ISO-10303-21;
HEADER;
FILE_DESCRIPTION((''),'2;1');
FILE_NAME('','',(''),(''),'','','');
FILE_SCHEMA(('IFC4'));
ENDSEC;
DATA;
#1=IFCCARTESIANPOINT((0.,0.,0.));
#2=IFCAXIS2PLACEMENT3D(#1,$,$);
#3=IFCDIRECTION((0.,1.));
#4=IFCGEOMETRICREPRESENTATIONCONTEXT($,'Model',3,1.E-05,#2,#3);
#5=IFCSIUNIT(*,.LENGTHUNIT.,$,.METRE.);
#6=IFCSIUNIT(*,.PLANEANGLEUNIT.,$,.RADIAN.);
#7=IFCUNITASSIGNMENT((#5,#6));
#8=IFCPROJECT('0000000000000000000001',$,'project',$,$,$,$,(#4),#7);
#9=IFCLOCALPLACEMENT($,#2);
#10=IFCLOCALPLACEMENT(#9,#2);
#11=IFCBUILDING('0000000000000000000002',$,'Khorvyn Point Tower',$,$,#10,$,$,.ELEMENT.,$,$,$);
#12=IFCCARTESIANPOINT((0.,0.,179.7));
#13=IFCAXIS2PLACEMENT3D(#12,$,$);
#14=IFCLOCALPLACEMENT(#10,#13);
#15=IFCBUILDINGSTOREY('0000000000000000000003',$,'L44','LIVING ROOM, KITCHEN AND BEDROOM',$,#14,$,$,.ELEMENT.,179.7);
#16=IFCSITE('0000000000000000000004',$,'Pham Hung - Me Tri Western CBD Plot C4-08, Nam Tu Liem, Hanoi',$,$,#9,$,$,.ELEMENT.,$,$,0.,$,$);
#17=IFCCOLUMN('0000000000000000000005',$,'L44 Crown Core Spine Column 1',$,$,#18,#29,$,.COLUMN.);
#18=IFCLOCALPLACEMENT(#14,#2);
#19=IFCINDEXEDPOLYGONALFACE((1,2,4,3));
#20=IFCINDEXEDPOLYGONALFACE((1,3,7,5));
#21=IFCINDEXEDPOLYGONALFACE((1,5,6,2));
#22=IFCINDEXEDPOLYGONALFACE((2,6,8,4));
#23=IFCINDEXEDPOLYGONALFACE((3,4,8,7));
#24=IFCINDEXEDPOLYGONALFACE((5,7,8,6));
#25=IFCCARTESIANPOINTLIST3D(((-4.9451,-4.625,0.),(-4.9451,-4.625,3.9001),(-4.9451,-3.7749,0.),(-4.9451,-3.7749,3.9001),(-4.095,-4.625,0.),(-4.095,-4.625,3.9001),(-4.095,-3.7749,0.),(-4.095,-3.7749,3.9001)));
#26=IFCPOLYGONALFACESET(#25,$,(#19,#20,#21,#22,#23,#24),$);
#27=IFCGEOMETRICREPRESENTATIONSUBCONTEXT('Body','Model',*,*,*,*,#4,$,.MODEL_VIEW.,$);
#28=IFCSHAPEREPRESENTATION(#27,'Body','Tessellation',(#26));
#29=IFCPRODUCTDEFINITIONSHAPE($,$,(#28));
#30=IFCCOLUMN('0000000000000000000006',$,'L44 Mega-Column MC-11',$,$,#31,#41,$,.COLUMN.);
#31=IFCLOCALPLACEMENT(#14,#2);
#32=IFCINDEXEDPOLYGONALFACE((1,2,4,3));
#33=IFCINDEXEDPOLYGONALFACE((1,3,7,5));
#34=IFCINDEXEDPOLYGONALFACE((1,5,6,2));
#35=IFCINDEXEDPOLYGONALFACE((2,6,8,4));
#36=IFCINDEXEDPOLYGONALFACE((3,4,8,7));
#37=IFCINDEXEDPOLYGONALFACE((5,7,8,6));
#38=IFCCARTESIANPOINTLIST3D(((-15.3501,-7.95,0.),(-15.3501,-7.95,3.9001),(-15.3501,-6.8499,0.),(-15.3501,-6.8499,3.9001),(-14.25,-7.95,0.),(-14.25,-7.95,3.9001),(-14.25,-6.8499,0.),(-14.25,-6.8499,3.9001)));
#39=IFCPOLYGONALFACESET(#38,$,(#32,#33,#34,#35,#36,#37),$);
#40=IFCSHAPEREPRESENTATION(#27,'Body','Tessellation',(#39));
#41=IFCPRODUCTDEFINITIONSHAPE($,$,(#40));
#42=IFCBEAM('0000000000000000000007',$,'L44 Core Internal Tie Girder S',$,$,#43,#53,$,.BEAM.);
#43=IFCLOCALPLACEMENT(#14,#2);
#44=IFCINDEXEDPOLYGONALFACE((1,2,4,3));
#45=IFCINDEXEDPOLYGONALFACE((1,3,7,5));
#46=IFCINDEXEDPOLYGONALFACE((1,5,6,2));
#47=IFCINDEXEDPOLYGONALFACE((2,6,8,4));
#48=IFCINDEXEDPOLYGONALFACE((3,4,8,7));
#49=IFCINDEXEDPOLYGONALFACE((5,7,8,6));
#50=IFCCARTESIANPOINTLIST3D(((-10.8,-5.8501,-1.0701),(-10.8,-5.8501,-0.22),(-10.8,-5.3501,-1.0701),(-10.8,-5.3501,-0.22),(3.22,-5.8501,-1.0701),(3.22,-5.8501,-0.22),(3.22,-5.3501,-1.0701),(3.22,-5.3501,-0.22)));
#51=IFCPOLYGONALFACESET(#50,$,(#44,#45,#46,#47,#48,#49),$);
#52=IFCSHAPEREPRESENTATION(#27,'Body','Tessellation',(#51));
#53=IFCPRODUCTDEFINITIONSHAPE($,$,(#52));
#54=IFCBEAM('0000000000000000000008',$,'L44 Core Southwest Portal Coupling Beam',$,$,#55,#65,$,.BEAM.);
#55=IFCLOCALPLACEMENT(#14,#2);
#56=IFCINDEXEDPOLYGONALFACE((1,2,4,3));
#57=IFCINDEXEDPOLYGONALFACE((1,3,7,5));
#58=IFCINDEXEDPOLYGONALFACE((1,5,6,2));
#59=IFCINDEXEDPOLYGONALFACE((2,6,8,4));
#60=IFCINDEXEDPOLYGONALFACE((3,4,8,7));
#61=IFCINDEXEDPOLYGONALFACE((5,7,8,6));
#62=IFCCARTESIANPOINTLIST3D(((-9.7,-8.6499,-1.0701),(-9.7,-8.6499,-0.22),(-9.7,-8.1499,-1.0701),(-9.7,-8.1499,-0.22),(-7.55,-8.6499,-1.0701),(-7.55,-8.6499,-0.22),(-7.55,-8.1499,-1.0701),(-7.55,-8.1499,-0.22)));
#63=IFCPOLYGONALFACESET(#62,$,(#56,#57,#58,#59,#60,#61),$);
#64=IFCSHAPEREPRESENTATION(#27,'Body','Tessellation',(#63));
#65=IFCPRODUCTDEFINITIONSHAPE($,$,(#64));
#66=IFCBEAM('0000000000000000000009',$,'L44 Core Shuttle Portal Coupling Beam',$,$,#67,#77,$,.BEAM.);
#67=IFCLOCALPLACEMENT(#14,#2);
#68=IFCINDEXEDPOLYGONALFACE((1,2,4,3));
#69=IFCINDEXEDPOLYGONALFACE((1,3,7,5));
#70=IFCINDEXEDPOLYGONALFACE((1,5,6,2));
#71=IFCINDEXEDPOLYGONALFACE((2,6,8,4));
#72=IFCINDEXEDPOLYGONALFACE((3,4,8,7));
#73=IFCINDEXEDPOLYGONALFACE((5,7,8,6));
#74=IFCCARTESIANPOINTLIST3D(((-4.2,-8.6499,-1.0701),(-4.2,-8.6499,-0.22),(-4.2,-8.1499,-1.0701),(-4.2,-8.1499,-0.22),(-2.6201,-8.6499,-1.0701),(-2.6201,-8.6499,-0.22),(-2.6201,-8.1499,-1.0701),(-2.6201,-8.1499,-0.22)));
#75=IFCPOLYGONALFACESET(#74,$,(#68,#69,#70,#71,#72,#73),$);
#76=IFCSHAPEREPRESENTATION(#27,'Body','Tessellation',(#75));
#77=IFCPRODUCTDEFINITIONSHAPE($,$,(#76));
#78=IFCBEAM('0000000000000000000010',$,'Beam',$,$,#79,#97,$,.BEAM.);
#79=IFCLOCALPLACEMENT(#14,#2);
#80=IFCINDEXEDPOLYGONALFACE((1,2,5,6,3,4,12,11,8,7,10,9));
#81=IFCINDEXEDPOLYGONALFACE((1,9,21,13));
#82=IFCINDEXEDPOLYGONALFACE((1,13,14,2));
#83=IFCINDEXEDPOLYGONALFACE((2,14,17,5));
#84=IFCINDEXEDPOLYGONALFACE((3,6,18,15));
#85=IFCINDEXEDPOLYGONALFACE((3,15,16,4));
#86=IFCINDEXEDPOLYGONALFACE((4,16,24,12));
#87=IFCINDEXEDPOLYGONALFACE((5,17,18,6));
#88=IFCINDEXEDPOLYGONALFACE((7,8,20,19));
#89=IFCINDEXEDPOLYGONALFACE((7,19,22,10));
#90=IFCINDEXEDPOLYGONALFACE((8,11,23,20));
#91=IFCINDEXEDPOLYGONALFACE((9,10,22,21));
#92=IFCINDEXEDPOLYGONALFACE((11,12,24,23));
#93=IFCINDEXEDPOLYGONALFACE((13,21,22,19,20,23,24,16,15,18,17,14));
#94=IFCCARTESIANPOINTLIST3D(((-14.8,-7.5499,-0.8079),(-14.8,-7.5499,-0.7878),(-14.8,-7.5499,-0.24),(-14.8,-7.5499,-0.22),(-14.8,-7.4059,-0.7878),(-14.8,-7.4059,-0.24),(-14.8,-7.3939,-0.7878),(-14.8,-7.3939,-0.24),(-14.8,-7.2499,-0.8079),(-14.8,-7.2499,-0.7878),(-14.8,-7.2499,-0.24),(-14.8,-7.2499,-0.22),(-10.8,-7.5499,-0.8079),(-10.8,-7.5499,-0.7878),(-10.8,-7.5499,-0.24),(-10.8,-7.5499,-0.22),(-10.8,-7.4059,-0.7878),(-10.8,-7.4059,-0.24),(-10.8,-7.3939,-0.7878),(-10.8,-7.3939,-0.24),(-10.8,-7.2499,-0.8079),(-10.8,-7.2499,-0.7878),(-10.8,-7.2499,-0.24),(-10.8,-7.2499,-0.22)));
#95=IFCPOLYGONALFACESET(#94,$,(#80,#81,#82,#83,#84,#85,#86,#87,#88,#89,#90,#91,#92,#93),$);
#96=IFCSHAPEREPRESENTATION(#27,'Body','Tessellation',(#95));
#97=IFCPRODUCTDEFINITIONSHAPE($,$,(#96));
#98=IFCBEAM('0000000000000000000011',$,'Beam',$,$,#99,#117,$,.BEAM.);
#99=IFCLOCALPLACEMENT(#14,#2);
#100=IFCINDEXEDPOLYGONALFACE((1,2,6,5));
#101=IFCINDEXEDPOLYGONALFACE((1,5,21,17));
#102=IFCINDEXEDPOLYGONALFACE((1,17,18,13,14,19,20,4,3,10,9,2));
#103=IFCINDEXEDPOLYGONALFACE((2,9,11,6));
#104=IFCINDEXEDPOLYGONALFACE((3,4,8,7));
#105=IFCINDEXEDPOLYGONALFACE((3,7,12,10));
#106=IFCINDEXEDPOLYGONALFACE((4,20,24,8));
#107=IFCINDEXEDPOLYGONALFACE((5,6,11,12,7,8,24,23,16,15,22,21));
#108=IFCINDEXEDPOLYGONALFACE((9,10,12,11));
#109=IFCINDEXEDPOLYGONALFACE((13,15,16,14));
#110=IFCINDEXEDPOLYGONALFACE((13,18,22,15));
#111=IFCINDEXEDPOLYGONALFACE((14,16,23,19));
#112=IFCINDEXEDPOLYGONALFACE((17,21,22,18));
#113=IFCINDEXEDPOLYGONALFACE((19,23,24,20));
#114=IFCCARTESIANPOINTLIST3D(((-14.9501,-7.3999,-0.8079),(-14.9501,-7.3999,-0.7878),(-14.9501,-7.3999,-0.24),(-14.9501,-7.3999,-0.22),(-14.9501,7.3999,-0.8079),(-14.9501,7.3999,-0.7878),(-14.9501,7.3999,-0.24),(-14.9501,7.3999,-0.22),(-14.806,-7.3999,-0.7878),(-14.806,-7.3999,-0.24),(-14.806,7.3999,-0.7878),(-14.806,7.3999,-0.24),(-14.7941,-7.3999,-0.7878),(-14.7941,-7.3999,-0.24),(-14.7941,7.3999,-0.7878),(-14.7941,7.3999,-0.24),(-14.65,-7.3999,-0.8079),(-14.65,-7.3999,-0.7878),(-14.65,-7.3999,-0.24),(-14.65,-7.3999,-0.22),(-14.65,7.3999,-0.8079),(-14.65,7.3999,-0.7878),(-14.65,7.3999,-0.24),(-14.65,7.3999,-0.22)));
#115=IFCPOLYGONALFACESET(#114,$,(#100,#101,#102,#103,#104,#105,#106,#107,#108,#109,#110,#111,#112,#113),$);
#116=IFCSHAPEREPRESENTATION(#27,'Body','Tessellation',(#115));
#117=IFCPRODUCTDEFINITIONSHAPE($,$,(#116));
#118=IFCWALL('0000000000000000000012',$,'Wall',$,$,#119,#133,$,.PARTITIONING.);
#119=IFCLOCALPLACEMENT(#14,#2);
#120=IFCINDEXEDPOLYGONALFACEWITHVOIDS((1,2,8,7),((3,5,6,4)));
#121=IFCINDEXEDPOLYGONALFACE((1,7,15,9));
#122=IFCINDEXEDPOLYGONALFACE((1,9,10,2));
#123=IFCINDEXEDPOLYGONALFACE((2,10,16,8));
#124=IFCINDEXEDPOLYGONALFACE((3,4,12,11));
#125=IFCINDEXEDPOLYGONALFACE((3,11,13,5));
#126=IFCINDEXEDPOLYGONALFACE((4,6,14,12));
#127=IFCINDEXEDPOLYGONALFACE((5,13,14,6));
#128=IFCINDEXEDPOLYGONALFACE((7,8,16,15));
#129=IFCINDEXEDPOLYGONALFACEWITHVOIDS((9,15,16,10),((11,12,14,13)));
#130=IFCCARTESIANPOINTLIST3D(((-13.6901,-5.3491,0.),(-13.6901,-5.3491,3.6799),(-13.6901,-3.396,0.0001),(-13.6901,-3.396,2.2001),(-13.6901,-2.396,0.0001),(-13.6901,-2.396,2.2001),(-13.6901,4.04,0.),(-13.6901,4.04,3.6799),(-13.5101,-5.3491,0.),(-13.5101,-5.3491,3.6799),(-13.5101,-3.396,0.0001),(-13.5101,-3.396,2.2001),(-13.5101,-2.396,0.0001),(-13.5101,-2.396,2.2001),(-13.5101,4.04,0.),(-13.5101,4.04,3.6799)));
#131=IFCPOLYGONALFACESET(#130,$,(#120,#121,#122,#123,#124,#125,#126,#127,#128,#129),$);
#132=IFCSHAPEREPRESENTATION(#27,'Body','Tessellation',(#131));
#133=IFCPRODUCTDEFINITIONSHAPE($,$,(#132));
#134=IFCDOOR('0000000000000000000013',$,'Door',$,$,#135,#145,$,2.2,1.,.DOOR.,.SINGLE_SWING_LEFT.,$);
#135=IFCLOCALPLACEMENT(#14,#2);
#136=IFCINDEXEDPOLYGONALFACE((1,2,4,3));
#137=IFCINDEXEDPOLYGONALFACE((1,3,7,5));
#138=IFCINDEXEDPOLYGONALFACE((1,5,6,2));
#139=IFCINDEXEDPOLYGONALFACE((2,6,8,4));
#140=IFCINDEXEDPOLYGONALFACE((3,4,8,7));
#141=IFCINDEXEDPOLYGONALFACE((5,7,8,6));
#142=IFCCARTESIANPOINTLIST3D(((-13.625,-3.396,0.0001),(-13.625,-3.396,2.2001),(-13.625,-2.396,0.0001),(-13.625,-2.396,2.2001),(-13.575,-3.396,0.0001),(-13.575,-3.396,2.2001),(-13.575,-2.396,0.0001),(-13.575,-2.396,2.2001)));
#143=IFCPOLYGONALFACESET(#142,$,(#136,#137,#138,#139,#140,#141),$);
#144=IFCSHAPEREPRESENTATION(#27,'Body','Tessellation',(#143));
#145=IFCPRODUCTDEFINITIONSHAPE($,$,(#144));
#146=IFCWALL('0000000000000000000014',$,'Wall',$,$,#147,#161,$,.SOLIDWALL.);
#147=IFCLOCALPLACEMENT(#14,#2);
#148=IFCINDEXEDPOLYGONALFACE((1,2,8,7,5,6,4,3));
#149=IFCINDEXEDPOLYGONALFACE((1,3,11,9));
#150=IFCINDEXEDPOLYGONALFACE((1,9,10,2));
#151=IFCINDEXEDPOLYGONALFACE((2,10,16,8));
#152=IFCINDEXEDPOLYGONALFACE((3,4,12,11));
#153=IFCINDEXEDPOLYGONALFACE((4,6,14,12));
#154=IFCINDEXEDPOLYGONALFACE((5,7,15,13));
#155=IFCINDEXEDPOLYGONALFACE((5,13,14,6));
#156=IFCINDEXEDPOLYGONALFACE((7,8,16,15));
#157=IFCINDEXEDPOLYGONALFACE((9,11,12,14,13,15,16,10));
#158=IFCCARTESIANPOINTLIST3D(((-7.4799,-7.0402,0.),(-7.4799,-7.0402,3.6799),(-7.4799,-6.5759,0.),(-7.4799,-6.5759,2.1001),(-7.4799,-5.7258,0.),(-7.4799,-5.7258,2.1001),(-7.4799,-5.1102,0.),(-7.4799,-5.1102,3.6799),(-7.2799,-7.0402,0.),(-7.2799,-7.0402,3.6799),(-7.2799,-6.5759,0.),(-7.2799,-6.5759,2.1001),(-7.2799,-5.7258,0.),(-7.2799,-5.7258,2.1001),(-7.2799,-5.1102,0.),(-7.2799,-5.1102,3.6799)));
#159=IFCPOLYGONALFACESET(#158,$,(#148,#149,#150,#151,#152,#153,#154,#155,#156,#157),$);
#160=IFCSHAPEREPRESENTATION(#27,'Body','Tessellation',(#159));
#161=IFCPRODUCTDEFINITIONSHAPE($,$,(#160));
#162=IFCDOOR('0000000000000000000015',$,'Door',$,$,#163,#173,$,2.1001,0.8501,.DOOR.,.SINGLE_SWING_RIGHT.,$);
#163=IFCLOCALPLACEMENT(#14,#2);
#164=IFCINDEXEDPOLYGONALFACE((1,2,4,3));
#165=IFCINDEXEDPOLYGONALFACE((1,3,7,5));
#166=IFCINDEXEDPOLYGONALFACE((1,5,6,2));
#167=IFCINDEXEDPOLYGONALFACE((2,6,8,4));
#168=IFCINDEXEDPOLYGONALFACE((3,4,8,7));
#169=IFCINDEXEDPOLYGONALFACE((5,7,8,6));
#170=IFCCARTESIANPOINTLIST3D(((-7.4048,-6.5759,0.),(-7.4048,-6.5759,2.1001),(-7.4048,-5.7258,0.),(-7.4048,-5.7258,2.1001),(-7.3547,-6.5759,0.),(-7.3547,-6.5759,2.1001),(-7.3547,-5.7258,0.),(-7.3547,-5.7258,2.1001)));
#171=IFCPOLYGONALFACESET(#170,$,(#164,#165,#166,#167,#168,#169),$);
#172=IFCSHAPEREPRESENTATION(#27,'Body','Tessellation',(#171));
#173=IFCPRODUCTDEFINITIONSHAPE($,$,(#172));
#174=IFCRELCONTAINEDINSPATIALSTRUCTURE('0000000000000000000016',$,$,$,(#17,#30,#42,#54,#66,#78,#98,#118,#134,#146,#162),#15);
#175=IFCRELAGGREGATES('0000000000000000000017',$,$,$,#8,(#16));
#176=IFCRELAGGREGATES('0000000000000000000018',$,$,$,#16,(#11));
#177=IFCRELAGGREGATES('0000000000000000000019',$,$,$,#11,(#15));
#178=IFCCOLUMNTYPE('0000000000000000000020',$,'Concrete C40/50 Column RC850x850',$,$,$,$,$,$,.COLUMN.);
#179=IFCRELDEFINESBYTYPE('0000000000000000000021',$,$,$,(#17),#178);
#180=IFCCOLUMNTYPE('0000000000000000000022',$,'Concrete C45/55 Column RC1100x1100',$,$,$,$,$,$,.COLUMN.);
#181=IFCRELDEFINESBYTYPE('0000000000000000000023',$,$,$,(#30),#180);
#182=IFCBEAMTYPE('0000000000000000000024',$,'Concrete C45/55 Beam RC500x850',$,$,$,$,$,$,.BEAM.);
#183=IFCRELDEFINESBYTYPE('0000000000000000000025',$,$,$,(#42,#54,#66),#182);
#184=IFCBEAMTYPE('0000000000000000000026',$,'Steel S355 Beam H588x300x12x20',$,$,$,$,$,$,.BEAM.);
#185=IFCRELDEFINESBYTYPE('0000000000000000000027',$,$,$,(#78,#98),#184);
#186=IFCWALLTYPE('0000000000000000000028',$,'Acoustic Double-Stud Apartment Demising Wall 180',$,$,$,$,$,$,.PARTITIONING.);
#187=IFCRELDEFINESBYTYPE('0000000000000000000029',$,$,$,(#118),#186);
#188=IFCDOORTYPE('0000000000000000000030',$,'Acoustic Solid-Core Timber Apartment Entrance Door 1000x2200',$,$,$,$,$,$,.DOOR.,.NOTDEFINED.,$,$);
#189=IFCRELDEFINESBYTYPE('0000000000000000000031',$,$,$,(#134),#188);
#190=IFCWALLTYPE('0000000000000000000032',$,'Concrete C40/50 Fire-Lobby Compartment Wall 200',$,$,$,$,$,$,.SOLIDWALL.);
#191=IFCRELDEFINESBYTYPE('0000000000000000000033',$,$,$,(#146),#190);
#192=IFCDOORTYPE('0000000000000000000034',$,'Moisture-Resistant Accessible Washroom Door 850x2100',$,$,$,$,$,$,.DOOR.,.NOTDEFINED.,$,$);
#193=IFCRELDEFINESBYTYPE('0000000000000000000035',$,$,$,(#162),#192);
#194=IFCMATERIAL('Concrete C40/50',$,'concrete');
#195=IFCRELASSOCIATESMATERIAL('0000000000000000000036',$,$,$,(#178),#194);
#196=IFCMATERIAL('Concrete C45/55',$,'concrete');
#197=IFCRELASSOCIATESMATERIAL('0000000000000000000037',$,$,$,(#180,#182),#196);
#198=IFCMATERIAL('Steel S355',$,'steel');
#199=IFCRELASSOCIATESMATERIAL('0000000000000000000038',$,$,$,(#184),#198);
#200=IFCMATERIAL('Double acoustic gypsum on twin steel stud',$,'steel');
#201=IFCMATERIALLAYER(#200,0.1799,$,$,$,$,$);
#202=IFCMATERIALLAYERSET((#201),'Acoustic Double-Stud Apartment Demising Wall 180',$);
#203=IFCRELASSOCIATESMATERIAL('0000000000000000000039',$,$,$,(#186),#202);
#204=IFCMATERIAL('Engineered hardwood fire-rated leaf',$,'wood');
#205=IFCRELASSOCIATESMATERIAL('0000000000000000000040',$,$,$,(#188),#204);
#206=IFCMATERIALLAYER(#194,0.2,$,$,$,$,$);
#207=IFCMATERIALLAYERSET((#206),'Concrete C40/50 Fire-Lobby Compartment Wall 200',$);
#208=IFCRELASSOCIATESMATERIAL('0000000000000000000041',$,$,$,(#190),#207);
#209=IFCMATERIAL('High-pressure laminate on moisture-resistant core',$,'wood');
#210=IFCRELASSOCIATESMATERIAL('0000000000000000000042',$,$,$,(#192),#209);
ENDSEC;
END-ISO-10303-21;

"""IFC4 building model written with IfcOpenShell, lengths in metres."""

from ifc_helpers import new_model, si_unit, direction, frame, frame_2d, origin, origin_2d, place, context, subcontext, project, spatial, rectangle, i_section, extrude, material, layer, layer_set, material_profile, profile_set, type_object, element, fill, save


model = new_model("IFC4")

# Units and contexts
model_context = context("Model", 3, precision=1e-05, world=origin(), true_north=direction((0.0, 1.0)))
body_context = subcontext(model_context, "Body", "Model", "MODEL_VIEW")
ifc_project = project(units=[si_unit("LENGTHUNIT", "METRE"), si_unit("PLANEANGLEUNIT", "RADIAN")], contexts=[model_context])

# Site, building, storey
site_placement = place(None, origin())
site = spatial("IfcSite", under=ifc_project, at=site_placement, Name="Pham Hung - Me Tri Western CBD Plot C4-08, Nam Tu Liem, Hanoi", CompositionType="ELEMENT", RefElevation=0.0)
building_placement = place(site_placement, origin())
building = spatial("IfcBuilding", under=site, at=building_placement, Name="Khorvyn Point Tower", CompositionType="ELEMENT")
storey_placement = place(building_placement, frame((0.0, 0.0, 179.7)))
storey = spatial("IfcBuildingStorey", under=building, at=storey_placement, Name="L44", Description="LIVING ROOM, KITCHEN AND BEDROOM", CompositionType="ELEMENT", Elevation=179.7)

# Columns
ifc_material_1 = material(Name="Concrete C40/50", Category="concrete")
ifc_material_profile_1 = material_profile(ifc_material_1, rectangle(XDim=0.8501, YDim=0.8501, at=origin_2d()))
ifc_profile_set_1 = profile_set([ifc_material_profile_1], Name="Concrete C40/50 RC850x850")
column_type_1 = type_object("IfcColumnType", Name="Concrete C40/50 Column RC850x850", PredefinedType="COLUMN", material=ifc_profile_set_1)
column_1_placement = place(storey_placement, frame((-4.52, -4.2, 0.0), z_axis=(0.0, 0.0, 1.0), x_axis=(1.0, 0.0, 0.0)))
element("IfcColumn", 1, at=column_1_placement, inside=storey, type_object=column_type_1, Name="L44 Crown Core Spine Column 1", PredefinedType="COLUMN", context=body_context, shape_type="SweptSolid", body=[
    extrude(rectangle(XDim=0.8501, YDim=0.8501, at=origin_2d()), origin(), (0.0, 0.0, 1.0), 3.9001),
])
ifc_material_2 = material(Name="Concrete C45/55", Category="concrete")
ifc_material_profile_2 = material_profile(ifc_material_2, rectangle(XDim=1.1001, YDim=1.1001, at=origin_2d()))
ifc_profile_set_2 = profile_set([ifc_material_profile_2], Name="Concrete C45/55 RC1100x1100")
column_type_2 = type_object("IfcColumnType", Name="Concrete C45/55 Column RC1100x1100", PredefinedType="COLUMN", material=ifc_profile_set_2)
column_2_placement = place(storey_placement, frame((-14.8, -7.3999, 0.0), z_axis=(0.0, 0.0, 1.0), x_axis=(1.0, 0.0, 0.0)))
element("IfcColumn", 2, at=column_2_placement, inside=storey, type_object=column_type_2, Name="L44 Mega-Column MC-11", PredefinedType="COLUMN", context=body_context, shape_type="SweptSolid", body=[
    extrude(rectangle(XDim=1.1001, YDim=1.1001, at=origin_2d()), origin(), (0.0, 0.0, 1.0), 3.9001),
])

# Beams
ifc_material_profile_3 = material_profile(ifc_material_2, rectangle(XDim=0.5, YDim=0.8501, at=origin_2d()))
ifc_profile_set_3 = profile_set([ifc_material_profile_3], Name="Concrete C45/55 RC500x850")
beam_type_1 = type_object("IfcBeamType", Name="Concrete C45/55 Beam RC500x850", PredefinedType="BEAM", material=ifc_profile_set_3)
beam_1_placement = place(storey_placement, frame((-10.8, -5.6001, -0.645), z_axis=(1.0, 0.0, 0.0), x_axis=(0.0, 1.0, 0.0)))
element("IfcBeam", 3, at=beam_1_placement, inside=storey, type_object=beam_type_1, Name="L44 Core Internal Tie Girder S", PredefinedType="BEAM", context=body_context, shape_type="SweptSolid", body=[
    extrude(rectangle(XDim=0.5, YDim=0.8501, at=origin_2d()), origin(), (0.0, 0.0, 1.0), 14.02),
])
beam_2_placement = place(storey_placement, frame((-9.7, -8.3999, -0.645), z_axis=(1.0, 0.0, 0.0), x_axis=(0.0, 1.0, 0.0)))
element("IfcBeam", 4, at=beam_2_placement, inside=storey, type_object=beam_type_1, Name="L44 Core Southwest Portal Coupling Beam", PredefinedType="BEAM", context=body_context, shape_type="SweptSolid", body=[
    extrude(rectangle(XDim=0.5, YDim=0.8501, at=origin_2d()), origin(), (0.0, 0.0, 1.0), 2.1499),
])
beam_3_placement = place(storey_placement, frame((-4.2, -8.3999, -0.645), z_axis=(1.0, 0.0, 0.0), x_axis=(0.0, 1.0, 0.0)))
element("IfcBeam", 5, at=beam_3_placement, inside=storey, type_object=beam_type_1, Name="L44 Core Shuttle Portal Coupling Beam", PredefinedType="BEAM", context=body_context, shape_type="SweptSolid", body=[
    extrude(rectangle(XDim=0.5, YDim=0.8501, at=origin_2d()), origin(), (0.0, 0.0, 1.0), 1.5798),
])
ifc_material_3 = material(Name="Steel S355", Category="steel")
ifc_material_profile_4 = material_profile(ifc_material_3, i_section(OverallWidth=0.3, OverallDepth=0.5879, WebThickness=0.012, FlangeThickness=0.02, at=origin_2d()))
ifc_profile_set_4 = profile_set([ifc_material_profile_4], Name="Steel S355 H588x300x12x20")
beam_type_2 = type_object("IfcBeamType", Name="Steel S355 Beam H588x300x12x20", PredefinedType="BEAM", material=ifc_profile_set_4)
beam_4_placement = place(storey_placement, frame((-14.8, -7.3999, -0.5139), z_axis=(1.0, 0.0, 0.0), x_axis=(0.0, 1.0, 0.0)))
element("IfcBeam", 6, at=beam_4_placement, inside=storey, type_object=beam_type_2, Name="Beam", PredefinedType="BEAM", context=body_context, shape_type="SweptSolid", body=[
    extrude(i_section(OverallWidth=0.3, OverallDepth=0.5879, WebThickness=0.012, FlangeThickness=0.02, at=origin_2d()), origin(), (0.0, 0.0, 1.0), 4.0),
])
beam_5_placement = place(storey_placement, frame((-14.8, -7.3999, -0.5139), z_axis=(0.0, 1.0, 0.0), x_axis=(-1.0, 0.0, 0.0)))
element("IfcBeam", 7, at=beam_5_placement, inside=storey, type_object=beam_type_2, Name="Beam", PredefinedType="BEAM", context=body_context, shape_type="SweptSolid", body=[
    extrude(i_section(OverallWidth=0.3, OverallDepth=0.5879, WebThickness=0.012, FlangeThickness=0.02, at=origin_2d()), origin(), (0.0, 0.0, 1.0), 14.7998),
])

# Walls, openings, doors
ifc_material_4 = material(Name="Double acoustic gypsum on twin steel stud", Category="steel")
ifc_layer_1 = layer(ifc_material_4, 0.1799)
ifc_layer_set_1 = layer_set([ifc_layer_1], Name="Acoustic Double-Stud Apartment Demising Wall 180")
wall_type_1 = type_object("IfcWallType", Name="Acoustic Double-Stud Apartment Demising Wall 180", PredefinedType="PARTITIONING", material=ifc_layer_set_1)
wall_1_placement = place(storey_placement, frame((-13.6001, -5.3491, 0.0), z_axis=(0.0, 0.0, 1.0), x_axis=(0.0, 1.0, 0.0)))
wall_1 = element("IfcWall", 8, at=wall_1_placement, inside=storey, type_object=wall_type_1, Name="Wall", PredefinedType="PARTITIONING", context=body_context, shape_type="SweptSolid", body=[
    extrude(rectangle(XDim=9.3892, YDim=0.1799, at=frame_2d((4.6946, 0.0))), origin(), (0.0, 0.0, 1.0), 3.6799),
])
opening_1_placement = place(wall_1_placement, frame((1.9531, 0.0, 0.0)))
opening_1 = element("IfcOpeningElement", 9, at=opening_1_placement, cuts=wall_1, PredefinedType="OPENING", context=body_context, shape_type="SweptSolid", body=[
    extrude(rectangle(XDim=1.0, YDim=2.2, at=frame_2d((0.5, 1.1001))), frame((0.0, 0.0999, 0.0), z_axis=(0.0, -1.0, 0.0), x_axis=(1.0, 0.0, 0.0)), (0.0, 0.0, 1.0), 0.2),
])
ifc_material_5 = material(Name="Engineered hardwood fire-rated leaf", Category="wood")
door_type_1 = type_object("IfcDoorType", Name="Acoustic Solid-Core Timber Apartment Entrance Door 1000x2200", OperationType="NOTDEFINED", PredefinedType="DOOR", material=ifc_material_5)
door_1_placement = place(opening_1_placement, origin())
door_1 = element("IfcDoor", 10, at=door_1_placement, inside=storey, type_object=door_type_1, Name="Door", OperationType="SINGLE_SWING_LEFT", OverallHeight=2.2, OverallWidth=1.0, PredefinedType="DOOR", context=body_context, shape_type="SweptSolid", body=[
    extrude(rectangle(XDim=1.0, YDim=2.2, at=frame_2d((0.5, 1.1001))), frame((0.0, 0.0249, 0.0), z_axis=(0.0, -1.0, 0.0), x_axis=(1.0, 0.0, 0.0)), (0.0, 0.0, 1.0), 0.05),
])
fill(opening_1, door_1)
ifc_layer_2 = layer(ifc_material_1, 0.2)
ifc_layer_set_2 = layer_set([ifc_layer_2], Name="Concrete C40/50 Fire-Lobby Compartment Wall 200")
wall_type_2 = type_object("IfcWallType", Name="Concrete C40/50 Fire-Lobby Compartment Wall 200", PredefinedType="SOLIDWALL", material=ifc_layer_set_2)
wall_2_placement = place(storey_placement, frame((-7.3799, -7.04, 0.0), z_axis=(0.0, 0.0, 1.0), x_axis=(0.0, 1.0, 0.0)))
wall_2 = element("IfcWall", 11, at=wall_2_placement, inside=storey, type_object=wall_type_2, Name="Wall", PredefinedType="SOLIDWALL", context=body_context, shape_type="SweptSolid", body=[
    extrude(rectangle(XDim=1.9299, YDim=0.2, at=frame_2d((0.9648, 0.0))), origin(), (0.0, 0.0, 1.0), 3.6799),
])
opening_2_placement = place(wall_2_placement, frame((0.4641, 0.0, 0.0)))
opening_2 = element("IfcOpeningElement", 12, at=opening_2_placement, cuts=wall_2, PredefinedType="OPENING", context=body_context, shape_type="SweptSolid", body=[
    extrude(rectangle(XDim=0.8501, YDim=2.1001, at=frame_2d((0.425, 1.05))), frame((0.0, 0.1099, 0.0), z_axis=(0.0, -1.0, 0.0), x_axis=(1.0, 0.0, 0.0)), (0.0, 0.0, 1.0), 0.22),
])
ifc_material_6 = material(Name="High-pressure laminate on moisture-resistant core", Category="wood")
door_type_2 = type_object("IfcDoorType", Name="Moisture-Resistant Accessible Washroom Door 850x2100", OperationType="NOTDEFINED", PredefinedType="DOOR", material=ifc_material_6)
door_2_placement = place(opening_2_placement, origin())
door_2 = element("IfcDoor", 13, at=door_2_placement, inside=storey, type_object=door_type_2, Name="Door", OperationType="SINGLE_SWING_RIGHT", OverallHeight=2.1001, OverallWidth=0.8501, PredefinedType="DOOR", context=body_context, shape_type="SweptSolid", body=[
    extrude(rectangle(XDim=0.8501, YDim=2.1001, at=frame_2d((0.425, 1.05))), frame((0.0, 0.0249, 0.0), z_axis=(0.0, -1.0, 0.0), x_axis=(1.0, 0.0, 0.0)), (0.0, 0.0, 1.0), 0.05),
])
fill(opening_2, door_2)

save(model, "model.ifc")
